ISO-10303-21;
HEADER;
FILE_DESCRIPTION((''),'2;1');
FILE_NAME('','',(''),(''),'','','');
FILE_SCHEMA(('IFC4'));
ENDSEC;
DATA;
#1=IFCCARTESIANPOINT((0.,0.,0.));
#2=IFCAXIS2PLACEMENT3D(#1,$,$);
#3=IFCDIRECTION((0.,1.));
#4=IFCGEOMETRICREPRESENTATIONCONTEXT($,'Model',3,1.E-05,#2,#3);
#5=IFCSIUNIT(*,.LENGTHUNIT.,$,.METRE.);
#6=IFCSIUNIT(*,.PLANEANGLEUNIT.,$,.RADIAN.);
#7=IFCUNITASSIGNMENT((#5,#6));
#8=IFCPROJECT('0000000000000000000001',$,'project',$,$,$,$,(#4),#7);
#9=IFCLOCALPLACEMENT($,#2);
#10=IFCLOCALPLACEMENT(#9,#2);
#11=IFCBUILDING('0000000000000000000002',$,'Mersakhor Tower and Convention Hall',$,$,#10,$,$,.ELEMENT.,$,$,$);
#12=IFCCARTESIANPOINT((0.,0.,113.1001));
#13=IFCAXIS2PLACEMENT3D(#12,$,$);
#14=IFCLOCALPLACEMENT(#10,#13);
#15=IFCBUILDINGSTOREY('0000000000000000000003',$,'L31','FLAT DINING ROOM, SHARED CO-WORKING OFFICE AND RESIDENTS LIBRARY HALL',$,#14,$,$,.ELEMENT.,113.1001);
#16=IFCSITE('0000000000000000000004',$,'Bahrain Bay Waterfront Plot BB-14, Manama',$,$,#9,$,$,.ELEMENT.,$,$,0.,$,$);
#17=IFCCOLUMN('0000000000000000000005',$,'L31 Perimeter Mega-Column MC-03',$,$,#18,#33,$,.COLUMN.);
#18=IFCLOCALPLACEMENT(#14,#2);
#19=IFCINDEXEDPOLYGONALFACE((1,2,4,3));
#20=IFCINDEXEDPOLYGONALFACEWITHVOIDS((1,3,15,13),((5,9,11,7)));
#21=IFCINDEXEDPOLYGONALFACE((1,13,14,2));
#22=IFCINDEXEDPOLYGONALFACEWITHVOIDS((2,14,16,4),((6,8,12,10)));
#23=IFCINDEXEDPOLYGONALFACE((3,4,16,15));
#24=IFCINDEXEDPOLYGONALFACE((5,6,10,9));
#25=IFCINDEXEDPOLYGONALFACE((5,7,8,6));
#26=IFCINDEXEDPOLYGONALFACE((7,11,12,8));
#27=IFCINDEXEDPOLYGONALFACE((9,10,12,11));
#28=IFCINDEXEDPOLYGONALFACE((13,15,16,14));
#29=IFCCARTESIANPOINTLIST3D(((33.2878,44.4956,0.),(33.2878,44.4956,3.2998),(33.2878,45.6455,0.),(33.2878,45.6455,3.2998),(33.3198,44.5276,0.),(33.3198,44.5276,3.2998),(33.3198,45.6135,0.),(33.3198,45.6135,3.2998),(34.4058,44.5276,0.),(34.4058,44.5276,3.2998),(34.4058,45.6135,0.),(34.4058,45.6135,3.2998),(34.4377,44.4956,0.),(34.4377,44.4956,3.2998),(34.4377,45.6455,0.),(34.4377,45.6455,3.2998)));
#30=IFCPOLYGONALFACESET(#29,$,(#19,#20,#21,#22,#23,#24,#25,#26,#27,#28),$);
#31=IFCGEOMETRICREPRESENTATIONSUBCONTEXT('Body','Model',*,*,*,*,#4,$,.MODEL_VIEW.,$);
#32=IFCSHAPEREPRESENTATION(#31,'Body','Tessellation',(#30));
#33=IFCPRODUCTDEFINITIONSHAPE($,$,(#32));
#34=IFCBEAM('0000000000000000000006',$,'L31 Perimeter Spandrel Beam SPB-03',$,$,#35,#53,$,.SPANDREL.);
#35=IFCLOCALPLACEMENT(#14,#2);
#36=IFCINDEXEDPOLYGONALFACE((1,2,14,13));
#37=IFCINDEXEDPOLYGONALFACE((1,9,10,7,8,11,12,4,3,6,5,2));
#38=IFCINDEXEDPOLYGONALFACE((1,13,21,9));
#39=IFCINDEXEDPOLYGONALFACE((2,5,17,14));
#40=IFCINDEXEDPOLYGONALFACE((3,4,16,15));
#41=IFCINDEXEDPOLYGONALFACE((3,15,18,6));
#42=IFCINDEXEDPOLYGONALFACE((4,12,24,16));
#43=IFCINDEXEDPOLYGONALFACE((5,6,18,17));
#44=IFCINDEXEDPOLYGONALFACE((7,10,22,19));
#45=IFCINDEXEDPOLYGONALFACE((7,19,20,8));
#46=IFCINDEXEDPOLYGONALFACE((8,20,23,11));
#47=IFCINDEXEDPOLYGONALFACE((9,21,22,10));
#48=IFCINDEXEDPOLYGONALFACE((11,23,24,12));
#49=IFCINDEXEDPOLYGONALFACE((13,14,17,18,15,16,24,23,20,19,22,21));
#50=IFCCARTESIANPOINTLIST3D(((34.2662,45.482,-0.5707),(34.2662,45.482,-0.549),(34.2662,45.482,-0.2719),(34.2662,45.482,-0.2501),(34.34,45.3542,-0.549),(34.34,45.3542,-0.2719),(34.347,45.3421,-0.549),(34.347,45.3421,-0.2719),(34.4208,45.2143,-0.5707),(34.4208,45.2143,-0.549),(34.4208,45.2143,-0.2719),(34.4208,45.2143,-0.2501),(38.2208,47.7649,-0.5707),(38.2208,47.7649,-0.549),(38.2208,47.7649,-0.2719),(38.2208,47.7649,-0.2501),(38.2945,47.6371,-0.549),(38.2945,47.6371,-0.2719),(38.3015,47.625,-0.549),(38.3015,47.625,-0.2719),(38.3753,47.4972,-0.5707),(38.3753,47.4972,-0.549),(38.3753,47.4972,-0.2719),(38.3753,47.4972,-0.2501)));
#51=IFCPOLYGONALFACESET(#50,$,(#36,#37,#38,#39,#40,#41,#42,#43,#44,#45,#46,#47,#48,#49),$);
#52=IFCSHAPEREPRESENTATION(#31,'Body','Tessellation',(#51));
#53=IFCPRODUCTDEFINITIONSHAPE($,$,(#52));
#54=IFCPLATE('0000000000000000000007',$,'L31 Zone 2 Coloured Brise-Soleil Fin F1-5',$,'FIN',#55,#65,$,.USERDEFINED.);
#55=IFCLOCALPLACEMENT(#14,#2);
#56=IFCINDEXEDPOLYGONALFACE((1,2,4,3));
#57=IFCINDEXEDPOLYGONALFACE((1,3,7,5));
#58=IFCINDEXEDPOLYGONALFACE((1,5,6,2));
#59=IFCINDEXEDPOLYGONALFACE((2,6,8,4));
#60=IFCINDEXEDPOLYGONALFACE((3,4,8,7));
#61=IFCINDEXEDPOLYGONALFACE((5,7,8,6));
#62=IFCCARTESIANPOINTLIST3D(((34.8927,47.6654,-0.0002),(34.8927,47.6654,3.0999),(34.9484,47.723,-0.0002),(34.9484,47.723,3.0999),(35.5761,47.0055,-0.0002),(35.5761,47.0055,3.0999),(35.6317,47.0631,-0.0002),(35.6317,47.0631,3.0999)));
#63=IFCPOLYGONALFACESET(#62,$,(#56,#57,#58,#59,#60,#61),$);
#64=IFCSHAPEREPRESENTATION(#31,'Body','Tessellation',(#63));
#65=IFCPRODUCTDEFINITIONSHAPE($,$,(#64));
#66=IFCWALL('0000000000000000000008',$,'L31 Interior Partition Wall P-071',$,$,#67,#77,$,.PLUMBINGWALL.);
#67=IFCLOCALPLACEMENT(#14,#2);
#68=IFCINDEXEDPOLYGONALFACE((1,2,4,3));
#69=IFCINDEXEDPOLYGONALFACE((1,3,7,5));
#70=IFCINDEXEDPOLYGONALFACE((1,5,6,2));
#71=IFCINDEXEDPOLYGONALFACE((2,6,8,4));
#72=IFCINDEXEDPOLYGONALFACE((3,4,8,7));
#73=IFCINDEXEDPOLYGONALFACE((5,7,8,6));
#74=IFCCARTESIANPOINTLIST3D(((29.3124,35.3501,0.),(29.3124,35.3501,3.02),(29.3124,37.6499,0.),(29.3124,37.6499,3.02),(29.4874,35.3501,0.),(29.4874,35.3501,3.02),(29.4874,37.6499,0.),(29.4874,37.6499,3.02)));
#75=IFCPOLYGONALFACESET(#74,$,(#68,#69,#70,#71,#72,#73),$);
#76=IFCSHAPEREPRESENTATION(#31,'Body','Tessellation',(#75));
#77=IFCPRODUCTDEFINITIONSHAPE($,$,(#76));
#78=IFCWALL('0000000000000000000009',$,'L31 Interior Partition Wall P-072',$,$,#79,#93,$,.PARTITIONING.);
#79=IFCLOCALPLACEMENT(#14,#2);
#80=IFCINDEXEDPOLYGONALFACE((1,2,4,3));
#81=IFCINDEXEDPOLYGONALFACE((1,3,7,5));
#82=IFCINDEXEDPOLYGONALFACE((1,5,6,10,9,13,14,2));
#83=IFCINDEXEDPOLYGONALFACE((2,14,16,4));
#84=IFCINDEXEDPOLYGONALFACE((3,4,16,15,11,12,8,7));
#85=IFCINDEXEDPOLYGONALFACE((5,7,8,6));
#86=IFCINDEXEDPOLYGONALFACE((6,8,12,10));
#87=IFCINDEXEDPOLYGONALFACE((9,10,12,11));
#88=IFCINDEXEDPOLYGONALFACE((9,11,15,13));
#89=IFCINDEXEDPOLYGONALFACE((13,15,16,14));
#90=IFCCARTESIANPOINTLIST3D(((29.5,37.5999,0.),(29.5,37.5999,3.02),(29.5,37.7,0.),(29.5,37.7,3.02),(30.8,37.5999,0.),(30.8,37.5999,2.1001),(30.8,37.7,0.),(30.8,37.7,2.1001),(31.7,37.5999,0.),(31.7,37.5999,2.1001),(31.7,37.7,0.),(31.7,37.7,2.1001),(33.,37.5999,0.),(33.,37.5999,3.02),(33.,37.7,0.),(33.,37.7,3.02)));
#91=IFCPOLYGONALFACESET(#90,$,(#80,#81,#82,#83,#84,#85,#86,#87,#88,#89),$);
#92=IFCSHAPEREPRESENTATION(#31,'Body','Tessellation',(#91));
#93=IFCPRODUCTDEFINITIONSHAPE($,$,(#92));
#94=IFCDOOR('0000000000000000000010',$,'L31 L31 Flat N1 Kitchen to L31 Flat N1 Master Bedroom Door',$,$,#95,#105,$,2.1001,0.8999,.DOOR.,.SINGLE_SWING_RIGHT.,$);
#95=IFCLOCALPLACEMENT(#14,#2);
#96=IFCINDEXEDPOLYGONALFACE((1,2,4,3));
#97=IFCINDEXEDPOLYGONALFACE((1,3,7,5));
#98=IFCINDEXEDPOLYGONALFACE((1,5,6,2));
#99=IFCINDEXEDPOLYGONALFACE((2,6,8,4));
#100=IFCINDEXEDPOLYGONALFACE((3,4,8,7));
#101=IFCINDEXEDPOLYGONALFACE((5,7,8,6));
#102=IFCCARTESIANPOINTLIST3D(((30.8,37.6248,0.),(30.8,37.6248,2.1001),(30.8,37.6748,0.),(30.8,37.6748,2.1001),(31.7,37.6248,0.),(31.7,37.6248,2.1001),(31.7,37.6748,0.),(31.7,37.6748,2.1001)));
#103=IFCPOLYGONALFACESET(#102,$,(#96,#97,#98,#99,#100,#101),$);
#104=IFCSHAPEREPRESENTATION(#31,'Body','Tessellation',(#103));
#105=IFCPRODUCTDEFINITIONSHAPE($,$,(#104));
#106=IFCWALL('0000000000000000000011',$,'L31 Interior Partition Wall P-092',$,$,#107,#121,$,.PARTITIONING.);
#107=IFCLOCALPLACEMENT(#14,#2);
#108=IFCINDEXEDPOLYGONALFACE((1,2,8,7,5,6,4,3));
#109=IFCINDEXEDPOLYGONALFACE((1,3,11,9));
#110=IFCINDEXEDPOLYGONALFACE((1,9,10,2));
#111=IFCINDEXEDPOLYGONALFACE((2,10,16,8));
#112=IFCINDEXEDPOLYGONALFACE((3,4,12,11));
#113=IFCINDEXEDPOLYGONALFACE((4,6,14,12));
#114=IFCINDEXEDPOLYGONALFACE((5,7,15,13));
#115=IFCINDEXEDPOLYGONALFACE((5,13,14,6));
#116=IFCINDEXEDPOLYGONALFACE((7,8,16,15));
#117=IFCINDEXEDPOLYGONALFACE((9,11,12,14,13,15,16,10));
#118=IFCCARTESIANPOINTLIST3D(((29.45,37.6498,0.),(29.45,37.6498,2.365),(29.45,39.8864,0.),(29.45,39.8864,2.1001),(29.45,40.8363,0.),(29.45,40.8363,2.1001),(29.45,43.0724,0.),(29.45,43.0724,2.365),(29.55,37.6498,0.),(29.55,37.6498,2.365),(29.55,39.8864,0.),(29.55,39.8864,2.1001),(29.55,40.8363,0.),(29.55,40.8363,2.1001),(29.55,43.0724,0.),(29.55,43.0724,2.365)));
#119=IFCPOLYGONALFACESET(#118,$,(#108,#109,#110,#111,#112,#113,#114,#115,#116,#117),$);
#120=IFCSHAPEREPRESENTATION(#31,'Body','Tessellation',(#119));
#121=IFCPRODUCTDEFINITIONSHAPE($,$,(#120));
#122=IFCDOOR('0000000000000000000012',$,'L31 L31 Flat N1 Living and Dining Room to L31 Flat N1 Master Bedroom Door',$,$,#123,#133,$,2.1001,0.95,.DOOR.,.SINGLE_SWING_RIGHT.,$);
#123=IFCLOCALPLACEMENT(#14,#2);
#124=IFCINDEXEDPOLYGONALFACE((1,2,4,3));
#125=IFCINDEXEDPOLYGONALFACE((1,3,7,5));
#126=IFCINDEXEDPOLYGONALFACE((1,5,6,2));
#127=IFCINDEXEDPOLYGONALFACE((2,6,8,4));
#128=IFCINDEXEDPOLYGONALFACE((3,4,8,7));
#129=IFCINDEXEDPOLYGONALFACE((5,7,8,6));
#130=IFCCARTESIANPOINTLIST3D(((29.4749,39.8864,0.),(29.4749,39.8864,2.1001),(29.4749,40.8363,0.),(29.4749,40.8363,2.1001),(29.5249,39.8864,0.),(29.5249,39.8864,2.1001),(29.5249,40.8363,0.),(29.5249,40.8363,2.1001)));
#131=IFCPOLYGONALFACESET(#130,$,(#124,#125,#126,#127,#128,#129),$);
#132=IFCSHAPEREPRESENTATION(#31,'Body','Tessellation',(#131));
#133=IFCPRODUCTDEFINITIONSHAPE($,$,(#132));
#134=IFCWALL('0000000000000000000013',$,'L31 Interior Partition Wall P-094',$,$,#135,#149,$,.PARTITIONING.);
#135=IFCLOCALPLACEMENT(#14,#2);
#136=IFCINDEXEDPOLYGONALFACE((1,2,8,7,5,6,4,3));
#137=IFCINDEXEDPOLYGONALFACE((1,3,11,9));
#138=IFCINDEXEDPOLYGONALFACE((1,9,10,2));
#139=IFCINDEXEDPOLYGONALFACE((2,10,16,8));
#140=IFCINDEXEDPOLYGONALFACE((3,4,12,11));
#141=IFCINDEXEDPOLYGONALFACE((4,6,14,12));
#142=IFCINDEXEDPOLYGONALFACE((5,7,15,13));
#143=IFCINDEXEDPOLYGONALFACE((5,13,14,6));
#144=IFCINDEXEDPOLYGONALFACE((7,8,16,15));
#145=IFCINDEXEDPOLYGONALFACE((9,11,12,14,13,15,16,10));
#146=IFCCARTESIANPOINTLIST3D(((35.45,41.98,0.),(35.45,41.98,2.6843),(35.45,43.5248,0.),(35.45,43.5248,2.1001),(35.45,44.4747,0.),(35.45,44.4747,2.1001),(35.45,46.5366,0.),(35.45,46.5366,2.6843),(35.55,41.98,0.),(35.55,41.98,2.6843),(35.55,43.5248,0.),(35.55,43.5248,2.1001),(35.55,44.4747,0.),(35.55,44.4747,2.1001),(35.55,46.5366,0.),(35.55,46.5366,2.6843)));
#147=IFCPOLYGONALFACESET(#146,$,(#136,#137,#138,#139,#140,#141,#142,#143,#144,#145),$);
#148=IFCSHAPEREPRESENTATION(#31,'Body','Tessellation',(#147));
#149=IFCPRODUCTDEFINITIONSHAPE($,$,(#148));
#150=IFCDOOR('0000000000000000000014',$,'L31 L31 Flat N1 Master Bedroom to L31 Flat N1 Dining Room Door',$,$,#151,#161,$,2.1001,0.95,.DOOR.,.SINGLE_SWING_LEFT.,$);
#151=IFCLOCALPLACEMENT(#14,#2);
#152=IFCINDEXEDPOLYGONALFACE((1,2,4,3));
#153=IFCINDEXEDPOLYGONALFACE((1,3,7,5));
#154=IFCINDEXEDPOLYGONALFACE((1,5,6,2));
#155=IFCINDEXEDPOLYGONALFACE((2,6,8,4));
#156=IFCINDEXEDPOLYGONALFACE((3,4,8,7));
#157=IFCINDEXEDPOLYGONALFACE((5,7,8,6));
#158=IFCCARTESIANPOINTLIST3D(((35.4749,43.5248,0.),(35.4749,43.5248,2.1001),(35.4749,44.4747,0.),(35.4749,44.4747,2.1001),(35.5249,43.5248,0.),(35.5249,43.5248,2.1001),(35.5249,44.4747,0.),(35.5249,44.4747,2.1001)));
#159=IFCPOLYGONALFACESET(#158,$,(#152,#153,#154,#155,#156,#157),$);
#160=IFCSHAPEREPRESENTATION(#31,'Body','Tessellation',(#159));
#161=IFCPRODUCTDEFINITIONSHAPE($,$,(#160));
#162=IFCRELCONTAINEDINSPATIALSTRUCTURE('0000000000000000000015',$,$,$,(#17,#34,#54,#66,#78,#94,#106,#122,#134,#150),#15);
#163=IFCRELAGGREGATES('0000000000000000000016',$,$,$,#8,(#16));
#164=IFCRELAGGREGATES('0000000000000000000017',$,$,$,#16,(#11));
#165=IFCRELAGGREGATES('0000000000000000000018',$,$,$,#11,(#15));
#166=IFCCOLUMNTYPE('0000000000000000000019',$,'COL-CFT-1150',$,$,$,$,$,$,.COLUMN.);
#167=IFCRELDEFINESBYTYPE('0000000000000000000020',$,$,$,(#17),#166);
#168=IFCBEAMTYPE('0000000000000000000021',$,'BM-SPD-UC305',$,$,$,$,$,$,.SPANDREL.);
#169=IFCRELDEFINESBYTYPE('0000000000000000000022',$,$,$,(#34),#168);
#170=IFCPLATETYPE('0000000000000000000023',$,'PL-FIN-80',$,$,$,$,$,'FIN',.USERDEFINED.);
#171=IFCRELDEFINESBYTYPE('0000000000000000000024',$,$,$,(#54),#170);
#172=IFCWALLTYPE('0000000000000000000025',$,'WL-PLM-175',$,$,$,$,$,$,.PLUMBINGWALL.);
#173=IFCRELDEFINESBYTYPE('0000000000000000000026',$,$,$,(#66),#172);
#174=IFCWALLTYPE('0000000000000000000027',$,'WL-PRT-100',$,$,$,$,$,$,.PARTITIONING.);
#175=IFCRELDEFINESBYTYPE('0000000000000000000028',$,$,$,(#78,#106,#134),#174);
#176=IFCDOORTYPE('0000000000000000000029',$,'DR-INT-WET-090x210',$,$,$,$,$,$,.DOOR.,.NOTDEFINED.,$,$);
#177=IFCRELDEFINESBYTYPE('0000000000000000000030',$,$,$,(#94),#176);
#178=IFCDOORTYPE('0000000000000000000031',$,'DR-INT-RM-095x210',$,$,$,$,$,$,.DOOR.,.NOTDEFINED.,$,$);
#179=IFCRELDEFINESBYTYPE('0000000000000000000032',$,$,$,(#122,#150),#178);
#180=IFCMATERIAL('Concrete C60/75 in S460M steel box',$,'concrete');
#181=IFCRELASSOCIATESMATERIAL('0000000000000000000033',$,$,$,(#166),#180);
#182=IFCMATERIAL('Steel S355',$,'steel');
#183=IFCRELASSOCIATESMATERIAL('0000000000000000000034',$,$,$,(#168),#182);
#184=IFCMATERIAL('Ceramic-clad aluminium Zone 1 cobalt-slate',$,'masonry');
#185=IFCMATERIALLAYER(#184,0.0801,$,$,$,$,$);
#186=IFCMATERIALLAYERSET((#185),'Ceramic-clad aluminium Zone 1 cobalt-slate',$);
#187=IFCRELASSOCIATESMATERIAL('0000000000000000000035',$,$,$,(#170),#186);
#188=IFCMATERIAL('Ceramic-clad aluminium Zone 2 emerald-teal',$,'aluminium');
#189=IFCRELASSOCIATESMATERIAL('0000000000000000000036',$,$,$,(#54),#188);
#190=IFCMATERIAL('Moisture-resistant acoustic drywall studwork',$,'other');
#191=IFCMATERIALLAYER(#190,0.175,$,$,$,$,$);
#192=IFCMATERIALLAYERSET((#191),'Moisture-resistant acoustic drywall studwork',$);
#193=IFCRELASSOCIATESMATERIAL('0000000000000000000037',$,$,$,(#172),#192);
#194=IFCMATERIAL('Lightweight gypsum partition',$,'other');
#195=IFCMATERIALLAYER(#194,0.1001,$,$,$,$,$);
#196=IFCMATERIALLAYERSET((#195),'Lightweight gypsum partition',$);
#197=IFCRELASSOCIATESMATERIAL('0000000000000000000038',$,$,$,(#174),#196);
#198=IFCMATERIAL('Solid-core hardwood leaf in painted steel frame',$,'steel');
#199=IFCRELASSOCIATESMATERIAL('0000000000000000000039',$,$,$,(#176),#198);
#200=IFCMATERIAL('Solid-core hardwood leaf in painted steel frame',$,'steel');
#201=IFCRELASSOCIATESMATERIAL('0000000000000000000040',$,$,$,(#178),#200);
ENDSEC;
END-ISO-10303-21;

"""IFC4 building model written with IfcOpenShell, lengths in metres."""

from ifc_helpers import new_model, si_unit, direction, frame, frame_2d, origin, origin_2d, place, context, subcontext, project, spatial, rectangle, hollow_rectangle, i_section, extrude, material, layer, layer_set, material_profile, profile_set, type_object, element, fill, save


model = new_model("IFC4")

# Units and contexts
model_context = context("Model", 3, precision=1e-05, world=origin(), true_north=direction((0.0, 1.0)))
body_context = subcontext(model_context, "Body", "Model", "MODEL_VIEW")
ifc_project = project(units=[si_unit("LENGTHUNIT", "METRE"), si_unit("PLANEANGLEUNIT", "RADIAN")], contexts=[model_context])

# Site, building, storey
site_placement = place(None, origin())
site = spatial("IfcSite", under=ifc_project, at=site_placement, Name="Bahrain Bay Waterfront Plot BB-14, Manama", CompositionType="ELEMENT", RefElevation=0.0)
building_placement = place(site_placement, origin())
building = spatial("IfcBuilding", under=site, at=building_placement, Name="Mersakhor Tower and Convention Hall", CompositionType="ELEMENT")
storey_placement = place(building_placement, frame((0.0, 0.0, 113.1001)))
storey = spatial("IfcBuildingStorey", under=building, at=storey_placement, Name="L31", Description="FLAT DINING ROOM, SHARED CO-WORKING OFFICE AND RESIDENTS LIBRARY HALL", CompositionType="ELEMENT", Elevation=113.1001)

# Column
ifc_material_1 = material(Name="Concrete C60/75 in S460M steel box", Category="concrete")
ifc_material_profile_1 = material_profile(ifc_material_1, hollow_rectangle(XDim=1.1499, YDim=1.1499, WallThickness=0.032, at=origin_2d()), Name="SHS 1150x1150x32")
ifc_profile_set_1 = profile_set([ifc_material_profile_1], Name="Concrete C60/75 in S460M steel box")
column_type = type_object("IfcColumnType", Name="COL-CFT-1150", PredefinedType="COLUMN", material=ifc_profile_set_1)
column_placement = place(storey_placement, frame((33.8628, 45.0706, 0.0), z_axis=(0.0, 0.0, 1.0), x_axis=(1.0, 0.0, 0.0)))
element("IfcColumn", 1, at=column_placement, inside=storey, type_object=column_type, Name="L31 Perimeter Mega-Column MC-03", PredefinedType="COLUMN", context=body_context, shape_type="SweptSolid", body=[
    extrude(hollow_rectangle(XDim=1.1499, YDim=1.1499, WallThickness=0.032, at=origin_2d()), origin(), (0.0, 0.0, 1.0), 3.2998),
])

# Beam
ifc_material_2 = material(Name="Steel S355", Category="steel")
ifc_material_profile_2 = material_profile(ifc_material_2, i_section(OverallWidth=0.3091, OverallDepth=0.3206, WebThickness=0.0139, FlangeThickness=0.0217, at=origin_2d()), Name="UC 305x305x137")
ifc_profile_set_2 = profile_set([ifc_material_profile_2], Name="Steel S355")
beam_type = type_object("IfcBeamType", Name="BM-SPD-UC305", PredefinedType="SPANDREL", material=ifc_profile_set_2)
beam_placement = place(storey_placement, frame((34.3435, 45.3481, -0.4104), z_axis=(0.866047, 0.499963, 0.0), x_axis=(-0.499963, 0.866047, 0.0)))
element("IfcBeam", 2, at=beam_placement, inside=storey, type_object=beam_type, Name="L31 Perimeter Spandrel Beam SPB-03", PredefinedType="SPANDREL", context=body_context, shape_type="SweptSolid", body=[
    extrude(i_section(OverallWidth=0.3091, OverallDepth=0.3206, WebThickness=0.0139, FlangeThickness=0.0217, at=origin_2d()), origin(), (0.0, 0.0, 1.0), 4.5662),
])

# Plate
ifc_material_3 = material(Name="Ceramic-clad aluminium Zone 2 emerald-teal", Category="aluminium")
ifc_material_4 = material(Name="Ceramic-clad aluminium Zone 1 cobalt-slate", Category="masonry")
ifc_layer_1 = layer(ifc_material_4, 0.0801)
ifc_layer_set_1 = layer_set([ifc_layer_1], Name="Ceramic-clad aluminium Zone 1 cobalt-slate")
plate_type = type_object("IfcPlateType", Name="PL-FIN-80", ElementType="FIN", PredefinedType="USERDEFINED", material=ifc_layer_set_1)
plate_placement = place(storey_placement, frame((35.2622, 47.3643, -0.0002), z_axis=(0.0, 0.0, 1.0), x_axis=(-0.71934, 0.694658, 0.0)))
element("IfcPlate", 3, at=plate_placement, inside=storey, type_object=plate_type, material=ifc_material_3, Name="L31 Zone 2 Coloured Brise-Soleil Fin F1-5", ObjectType="FIN", PredefinedType="USERDEFINED", context=body_context, shape_type="SweptSolid", body=[
    extrude(rectangle(XDim=0.95, YDim=0.0801, at=origin_2d()), origin(), (0.0, 0.0, 1.0), 3.1001),
])

# Wall
ifc_material_5 = material(Name="Moisture-resistant acoustic drywall studwork", Category="other")
ifc_layer_2 = layer(ifc_material_5, 0.175)
ifc_layer_set_2 = layer_set([ifc_layer_2], Name="Moisture-resistant acoustic drywall studwork")
wall_type_1 = type_object("IfcWallType", Name="WL-PLM-175", PredefinedType="PLUMBINGWALL", material=ifc_layer_set_2)
wall_1_placement = place(storey_placement, frame((29.3999, 37.6499, 0.0), z_axis=(0.0, 0.0, 1.0), x_axis=(0.0, -1.0, 0.0)))
element("IfcWall", 4, at=wall_1_placement, inside=storey, type_object=wall_type_1, Name="L31 Interior Partition Wall P-071", PredefinedType="PLUMBINGWALL", context=body_context, shape_type="SweptSolid", body=[
    extrude(rectangle(XDim=2.2998, YDim=0.175, at=frame_2d((1.1499, 0.0))), origin(), (0.0, 0.0, 1.0), 3.02),
])

# Walls, openings, doors
ifc_material_6 = material(Name="Lightweight gypsum partition", Category="other")
ifc_layer_3 = layer(ifc_material_6, 0.1001)
ifc_layer_set_3 = layer_set([ifc_layer_3], Name="Lightweight gypsum partition")
wall_type_2 = type_object("IfcWallType", Name="WL-PRT-100", PredefinedType="PARTITIONING", material=ifc_layer_set_3)
wall_2_placement = place(storey_placement, frame((29.5, 37.6499, 0.0), z_axis=(0.0, 0.0, 1.0), x_axis=(1.0, 0.0, 0.0)))
wall_2 = element("IfcWall", 5, at=wall_2_placement, inside=storey, type_object=wall_type_2, Name="L31 Interior Partition Wall P-072", PredefinedType="PARTITIONING", context=body_context, shape_type="SweptSolid", body=[
    extrude(rectangle(XDim=3.5, YDim=0.1001, at=frame_2d((1.75, 0.0))), origin(), (0.0, 0.0, 1.0), 3.02),
])
opening_1_placement = place(wall_2_placement, frame((1.3, 0.0, 0.0)))
opening_1 = element("IfcOpeningElement", 6, at=opening_1_placement, cuts=wall_2, PredefinedType="OPENING", context=body_context, shape_type="SweptSolid", body=[
    extrude(rectangle(XDim=0.8999, YDim=2.1001, at=frame_2d((0.45, 1.05))), frame((0.0, 0.0601, 0.0), z_axis=(0.0, -1.0, 0.0), x_axis=(1.0, 0.0, 0.0)), (0.0, 0.0, 1.0), 0.1201),
])
ifc_material_7 = material(Name="Solid-core hardwood leaf in painted steel frame", Category="steel")
door_type_1 = type_object("IfcDoorType", Name="DR-INT-WET-090x210", OperationType="NOTDEFINED", PredefinedType="DOOR", material=ifc_material_7)
door_1_placement = place(opening_1_placement, origin())
door_1 = element("IfcDoor", 7, at=door_1_placement, inside=storey, type_object=door_type_1, Name="L31 L31 Flat N1 Kitchen to L31 Flat N1 Master Bedroom Door", OperationType="SINGLE_SWING_RIGHT", OverallHeight=2.1001, OverallWidth=0.8999, PredefinedType="DOOR", context=body_context, shape_type="SweptSolid", body=[
    extrude(rectangle(XDim=0.8999, YDim=2.1001, at=frame_2d((0.45, 1.05))), frame((0.0, 0.0249, 0.0), z_axis=(0.0, -1.0, 0.0), x_axis=(1.0, 0.0, 0.0)), (0.0, 0.0, 1.0), 0.05),
])
fill(opening_1, door_1)
wall_3_placement = place(storey_placement, frame((29.5, 43.0725, 0.0), z_axis=(0.0, 0.0, 1.0), x_axis=(0.0, -1.0, 0.0)))
wall_3 = element("IfcWall", 8, at=wall_3_placement, inside=storey, type_object=wall_type_2, Name="L31 Interior Partition Wall P-092", PredefinedType="PARTITIONING", context=body_context, shape_type="SweptSolid", body=[
    extrude(rectangle(XDim=5.4226, YDim=0.1001, at=frame_2d((2.7114, 0.0))), origin(), (0.0, 0.0, 1.0), 2.365),
])
opening_2_placement = place(wall_3_placement, frame((2.2361, 0.0, 0.0)))
opening_2 = element("IfcOpeningElement", 9, at=opening_2_placement, cuts=wall_3, PredefinedType="OPENING", context=body_context, shape_type="SweptSolid", body=[
    extrude(rectangle(XDim=0.95, YDim=2.1001, at=frame_2d((0.4751, 1.05))), frame((0.0, 0.0601, 0.0), z_axis=(0.0, -1.0, 0.0), x_axis=(1.0, 0.0, 0.0)), (0.0, 0.0, 1.0), 0.1201),
])
ifc_material_8 = material(Name="Solid-core hardwood leaf in painted steel frame", Category="steel")
door_type_2 = type_object("IfcDoorType", Name="DR-INT-RM-095x210", OperationType="NOTDEFINED", PredefinedType="DOOR", material=ifc_material_8)
door_2_placement = place(opening_2_placement, origin())
door_2 = element("IfcDoor", 10, at=door_2_placement, inside=storey, type_object=door_type_2, Name="L31 L31 Flat N1 Living and Dining Room to L31 Flat N1 Master Bedroom Door", OperationType="SINGLE_SWING_RIGHT", OverallHeight=2.1001, OverallWidth=0.95, PredefinedType="DOOR", context=body_context, shape_type="SweptSolid", body=[
    extrude(rectangle(XDim=0.95, YDim=2.1001, at=frame_2d((0.4751, 1.05))), frame((0.0, 0.0249, 0.0), z_axis=(0.0, -1.0, 0.0), x_axis=(1.0, 0.0, 0.0)), (0.0, 0.0, 1.0), 0.05),
])
fill(opening_2, door_2)
wall_4_placement = place(storey_placement, frame((35.5, 46.5366, 0.0), z_axis=(0.0, 0.0, 1.0), x_axis=(0.0, -1.0, 0.0)))
wall_4 = element("IfcWall", 11, at=wall_4_placement, inside=storey, type_object=wall_type_2, Name="L31 Interior Partition Wall P-094", PredefinedType="PARTITIONING", context=body_context, shape_type="SweptSolid", body=[
    extrude(rectangle(XDim=4.5566, YDim=0.1001, at=frame_2d((2.2783, 0.0))), origin(), (0.0, 0.0, 1.0), 2.6843),
])
opening_3_placement = place(wall_4_placement, frame((2.0618, 0.0, 0.0)))
opening_3 = element("IfcOpeningElement", 12, at=opening_3_placement, cuts=wall_4, PredefinedType="OPENING", context=body_context, shape_type="SweptSolid", body=[
    extrude(rectangle(XDim=0.95, YDim=2.1001, at=frame_2d((0.4751, 1.05))), frame((0.0, 0.0601, 0.0), z_axis=(0.0, -1.0, 0.0), x_axis=(1.0, 0.0, 0.0)), (0.0, 0.0, 1.0), 0.1201),
])
door_3_placement = place(opening_3_placement, origin())
door_3 = element("IfcDoor", 13, at=door_3_placement, inside=storey, type_object=door_type_2, Name="L31 L31 Flat N1 Master Bedroom to L31 Flat N1 Dining Room Door", OperationType="SINGLE_SWING_LEFT", OverallHeight=2.1001, OverallWidth=0.95, PredefinedType="DOOR", context=body_context, shape_type="SweptSolid", body=[
    extrude(rectangle(XDim=0.95, YDim=2.1001, at=frame_2d((0.4751, 1.05))), frame((0.0, 0.0249, 0.0), z_axis=(0.0, -1.0, 0.0), x_axis=(1.0, 0.0, 0.0)), (0.0, 0.0, 1.0), 0.05),
])
fill(opening_3, door_3)

save(model, "model.ifc")
